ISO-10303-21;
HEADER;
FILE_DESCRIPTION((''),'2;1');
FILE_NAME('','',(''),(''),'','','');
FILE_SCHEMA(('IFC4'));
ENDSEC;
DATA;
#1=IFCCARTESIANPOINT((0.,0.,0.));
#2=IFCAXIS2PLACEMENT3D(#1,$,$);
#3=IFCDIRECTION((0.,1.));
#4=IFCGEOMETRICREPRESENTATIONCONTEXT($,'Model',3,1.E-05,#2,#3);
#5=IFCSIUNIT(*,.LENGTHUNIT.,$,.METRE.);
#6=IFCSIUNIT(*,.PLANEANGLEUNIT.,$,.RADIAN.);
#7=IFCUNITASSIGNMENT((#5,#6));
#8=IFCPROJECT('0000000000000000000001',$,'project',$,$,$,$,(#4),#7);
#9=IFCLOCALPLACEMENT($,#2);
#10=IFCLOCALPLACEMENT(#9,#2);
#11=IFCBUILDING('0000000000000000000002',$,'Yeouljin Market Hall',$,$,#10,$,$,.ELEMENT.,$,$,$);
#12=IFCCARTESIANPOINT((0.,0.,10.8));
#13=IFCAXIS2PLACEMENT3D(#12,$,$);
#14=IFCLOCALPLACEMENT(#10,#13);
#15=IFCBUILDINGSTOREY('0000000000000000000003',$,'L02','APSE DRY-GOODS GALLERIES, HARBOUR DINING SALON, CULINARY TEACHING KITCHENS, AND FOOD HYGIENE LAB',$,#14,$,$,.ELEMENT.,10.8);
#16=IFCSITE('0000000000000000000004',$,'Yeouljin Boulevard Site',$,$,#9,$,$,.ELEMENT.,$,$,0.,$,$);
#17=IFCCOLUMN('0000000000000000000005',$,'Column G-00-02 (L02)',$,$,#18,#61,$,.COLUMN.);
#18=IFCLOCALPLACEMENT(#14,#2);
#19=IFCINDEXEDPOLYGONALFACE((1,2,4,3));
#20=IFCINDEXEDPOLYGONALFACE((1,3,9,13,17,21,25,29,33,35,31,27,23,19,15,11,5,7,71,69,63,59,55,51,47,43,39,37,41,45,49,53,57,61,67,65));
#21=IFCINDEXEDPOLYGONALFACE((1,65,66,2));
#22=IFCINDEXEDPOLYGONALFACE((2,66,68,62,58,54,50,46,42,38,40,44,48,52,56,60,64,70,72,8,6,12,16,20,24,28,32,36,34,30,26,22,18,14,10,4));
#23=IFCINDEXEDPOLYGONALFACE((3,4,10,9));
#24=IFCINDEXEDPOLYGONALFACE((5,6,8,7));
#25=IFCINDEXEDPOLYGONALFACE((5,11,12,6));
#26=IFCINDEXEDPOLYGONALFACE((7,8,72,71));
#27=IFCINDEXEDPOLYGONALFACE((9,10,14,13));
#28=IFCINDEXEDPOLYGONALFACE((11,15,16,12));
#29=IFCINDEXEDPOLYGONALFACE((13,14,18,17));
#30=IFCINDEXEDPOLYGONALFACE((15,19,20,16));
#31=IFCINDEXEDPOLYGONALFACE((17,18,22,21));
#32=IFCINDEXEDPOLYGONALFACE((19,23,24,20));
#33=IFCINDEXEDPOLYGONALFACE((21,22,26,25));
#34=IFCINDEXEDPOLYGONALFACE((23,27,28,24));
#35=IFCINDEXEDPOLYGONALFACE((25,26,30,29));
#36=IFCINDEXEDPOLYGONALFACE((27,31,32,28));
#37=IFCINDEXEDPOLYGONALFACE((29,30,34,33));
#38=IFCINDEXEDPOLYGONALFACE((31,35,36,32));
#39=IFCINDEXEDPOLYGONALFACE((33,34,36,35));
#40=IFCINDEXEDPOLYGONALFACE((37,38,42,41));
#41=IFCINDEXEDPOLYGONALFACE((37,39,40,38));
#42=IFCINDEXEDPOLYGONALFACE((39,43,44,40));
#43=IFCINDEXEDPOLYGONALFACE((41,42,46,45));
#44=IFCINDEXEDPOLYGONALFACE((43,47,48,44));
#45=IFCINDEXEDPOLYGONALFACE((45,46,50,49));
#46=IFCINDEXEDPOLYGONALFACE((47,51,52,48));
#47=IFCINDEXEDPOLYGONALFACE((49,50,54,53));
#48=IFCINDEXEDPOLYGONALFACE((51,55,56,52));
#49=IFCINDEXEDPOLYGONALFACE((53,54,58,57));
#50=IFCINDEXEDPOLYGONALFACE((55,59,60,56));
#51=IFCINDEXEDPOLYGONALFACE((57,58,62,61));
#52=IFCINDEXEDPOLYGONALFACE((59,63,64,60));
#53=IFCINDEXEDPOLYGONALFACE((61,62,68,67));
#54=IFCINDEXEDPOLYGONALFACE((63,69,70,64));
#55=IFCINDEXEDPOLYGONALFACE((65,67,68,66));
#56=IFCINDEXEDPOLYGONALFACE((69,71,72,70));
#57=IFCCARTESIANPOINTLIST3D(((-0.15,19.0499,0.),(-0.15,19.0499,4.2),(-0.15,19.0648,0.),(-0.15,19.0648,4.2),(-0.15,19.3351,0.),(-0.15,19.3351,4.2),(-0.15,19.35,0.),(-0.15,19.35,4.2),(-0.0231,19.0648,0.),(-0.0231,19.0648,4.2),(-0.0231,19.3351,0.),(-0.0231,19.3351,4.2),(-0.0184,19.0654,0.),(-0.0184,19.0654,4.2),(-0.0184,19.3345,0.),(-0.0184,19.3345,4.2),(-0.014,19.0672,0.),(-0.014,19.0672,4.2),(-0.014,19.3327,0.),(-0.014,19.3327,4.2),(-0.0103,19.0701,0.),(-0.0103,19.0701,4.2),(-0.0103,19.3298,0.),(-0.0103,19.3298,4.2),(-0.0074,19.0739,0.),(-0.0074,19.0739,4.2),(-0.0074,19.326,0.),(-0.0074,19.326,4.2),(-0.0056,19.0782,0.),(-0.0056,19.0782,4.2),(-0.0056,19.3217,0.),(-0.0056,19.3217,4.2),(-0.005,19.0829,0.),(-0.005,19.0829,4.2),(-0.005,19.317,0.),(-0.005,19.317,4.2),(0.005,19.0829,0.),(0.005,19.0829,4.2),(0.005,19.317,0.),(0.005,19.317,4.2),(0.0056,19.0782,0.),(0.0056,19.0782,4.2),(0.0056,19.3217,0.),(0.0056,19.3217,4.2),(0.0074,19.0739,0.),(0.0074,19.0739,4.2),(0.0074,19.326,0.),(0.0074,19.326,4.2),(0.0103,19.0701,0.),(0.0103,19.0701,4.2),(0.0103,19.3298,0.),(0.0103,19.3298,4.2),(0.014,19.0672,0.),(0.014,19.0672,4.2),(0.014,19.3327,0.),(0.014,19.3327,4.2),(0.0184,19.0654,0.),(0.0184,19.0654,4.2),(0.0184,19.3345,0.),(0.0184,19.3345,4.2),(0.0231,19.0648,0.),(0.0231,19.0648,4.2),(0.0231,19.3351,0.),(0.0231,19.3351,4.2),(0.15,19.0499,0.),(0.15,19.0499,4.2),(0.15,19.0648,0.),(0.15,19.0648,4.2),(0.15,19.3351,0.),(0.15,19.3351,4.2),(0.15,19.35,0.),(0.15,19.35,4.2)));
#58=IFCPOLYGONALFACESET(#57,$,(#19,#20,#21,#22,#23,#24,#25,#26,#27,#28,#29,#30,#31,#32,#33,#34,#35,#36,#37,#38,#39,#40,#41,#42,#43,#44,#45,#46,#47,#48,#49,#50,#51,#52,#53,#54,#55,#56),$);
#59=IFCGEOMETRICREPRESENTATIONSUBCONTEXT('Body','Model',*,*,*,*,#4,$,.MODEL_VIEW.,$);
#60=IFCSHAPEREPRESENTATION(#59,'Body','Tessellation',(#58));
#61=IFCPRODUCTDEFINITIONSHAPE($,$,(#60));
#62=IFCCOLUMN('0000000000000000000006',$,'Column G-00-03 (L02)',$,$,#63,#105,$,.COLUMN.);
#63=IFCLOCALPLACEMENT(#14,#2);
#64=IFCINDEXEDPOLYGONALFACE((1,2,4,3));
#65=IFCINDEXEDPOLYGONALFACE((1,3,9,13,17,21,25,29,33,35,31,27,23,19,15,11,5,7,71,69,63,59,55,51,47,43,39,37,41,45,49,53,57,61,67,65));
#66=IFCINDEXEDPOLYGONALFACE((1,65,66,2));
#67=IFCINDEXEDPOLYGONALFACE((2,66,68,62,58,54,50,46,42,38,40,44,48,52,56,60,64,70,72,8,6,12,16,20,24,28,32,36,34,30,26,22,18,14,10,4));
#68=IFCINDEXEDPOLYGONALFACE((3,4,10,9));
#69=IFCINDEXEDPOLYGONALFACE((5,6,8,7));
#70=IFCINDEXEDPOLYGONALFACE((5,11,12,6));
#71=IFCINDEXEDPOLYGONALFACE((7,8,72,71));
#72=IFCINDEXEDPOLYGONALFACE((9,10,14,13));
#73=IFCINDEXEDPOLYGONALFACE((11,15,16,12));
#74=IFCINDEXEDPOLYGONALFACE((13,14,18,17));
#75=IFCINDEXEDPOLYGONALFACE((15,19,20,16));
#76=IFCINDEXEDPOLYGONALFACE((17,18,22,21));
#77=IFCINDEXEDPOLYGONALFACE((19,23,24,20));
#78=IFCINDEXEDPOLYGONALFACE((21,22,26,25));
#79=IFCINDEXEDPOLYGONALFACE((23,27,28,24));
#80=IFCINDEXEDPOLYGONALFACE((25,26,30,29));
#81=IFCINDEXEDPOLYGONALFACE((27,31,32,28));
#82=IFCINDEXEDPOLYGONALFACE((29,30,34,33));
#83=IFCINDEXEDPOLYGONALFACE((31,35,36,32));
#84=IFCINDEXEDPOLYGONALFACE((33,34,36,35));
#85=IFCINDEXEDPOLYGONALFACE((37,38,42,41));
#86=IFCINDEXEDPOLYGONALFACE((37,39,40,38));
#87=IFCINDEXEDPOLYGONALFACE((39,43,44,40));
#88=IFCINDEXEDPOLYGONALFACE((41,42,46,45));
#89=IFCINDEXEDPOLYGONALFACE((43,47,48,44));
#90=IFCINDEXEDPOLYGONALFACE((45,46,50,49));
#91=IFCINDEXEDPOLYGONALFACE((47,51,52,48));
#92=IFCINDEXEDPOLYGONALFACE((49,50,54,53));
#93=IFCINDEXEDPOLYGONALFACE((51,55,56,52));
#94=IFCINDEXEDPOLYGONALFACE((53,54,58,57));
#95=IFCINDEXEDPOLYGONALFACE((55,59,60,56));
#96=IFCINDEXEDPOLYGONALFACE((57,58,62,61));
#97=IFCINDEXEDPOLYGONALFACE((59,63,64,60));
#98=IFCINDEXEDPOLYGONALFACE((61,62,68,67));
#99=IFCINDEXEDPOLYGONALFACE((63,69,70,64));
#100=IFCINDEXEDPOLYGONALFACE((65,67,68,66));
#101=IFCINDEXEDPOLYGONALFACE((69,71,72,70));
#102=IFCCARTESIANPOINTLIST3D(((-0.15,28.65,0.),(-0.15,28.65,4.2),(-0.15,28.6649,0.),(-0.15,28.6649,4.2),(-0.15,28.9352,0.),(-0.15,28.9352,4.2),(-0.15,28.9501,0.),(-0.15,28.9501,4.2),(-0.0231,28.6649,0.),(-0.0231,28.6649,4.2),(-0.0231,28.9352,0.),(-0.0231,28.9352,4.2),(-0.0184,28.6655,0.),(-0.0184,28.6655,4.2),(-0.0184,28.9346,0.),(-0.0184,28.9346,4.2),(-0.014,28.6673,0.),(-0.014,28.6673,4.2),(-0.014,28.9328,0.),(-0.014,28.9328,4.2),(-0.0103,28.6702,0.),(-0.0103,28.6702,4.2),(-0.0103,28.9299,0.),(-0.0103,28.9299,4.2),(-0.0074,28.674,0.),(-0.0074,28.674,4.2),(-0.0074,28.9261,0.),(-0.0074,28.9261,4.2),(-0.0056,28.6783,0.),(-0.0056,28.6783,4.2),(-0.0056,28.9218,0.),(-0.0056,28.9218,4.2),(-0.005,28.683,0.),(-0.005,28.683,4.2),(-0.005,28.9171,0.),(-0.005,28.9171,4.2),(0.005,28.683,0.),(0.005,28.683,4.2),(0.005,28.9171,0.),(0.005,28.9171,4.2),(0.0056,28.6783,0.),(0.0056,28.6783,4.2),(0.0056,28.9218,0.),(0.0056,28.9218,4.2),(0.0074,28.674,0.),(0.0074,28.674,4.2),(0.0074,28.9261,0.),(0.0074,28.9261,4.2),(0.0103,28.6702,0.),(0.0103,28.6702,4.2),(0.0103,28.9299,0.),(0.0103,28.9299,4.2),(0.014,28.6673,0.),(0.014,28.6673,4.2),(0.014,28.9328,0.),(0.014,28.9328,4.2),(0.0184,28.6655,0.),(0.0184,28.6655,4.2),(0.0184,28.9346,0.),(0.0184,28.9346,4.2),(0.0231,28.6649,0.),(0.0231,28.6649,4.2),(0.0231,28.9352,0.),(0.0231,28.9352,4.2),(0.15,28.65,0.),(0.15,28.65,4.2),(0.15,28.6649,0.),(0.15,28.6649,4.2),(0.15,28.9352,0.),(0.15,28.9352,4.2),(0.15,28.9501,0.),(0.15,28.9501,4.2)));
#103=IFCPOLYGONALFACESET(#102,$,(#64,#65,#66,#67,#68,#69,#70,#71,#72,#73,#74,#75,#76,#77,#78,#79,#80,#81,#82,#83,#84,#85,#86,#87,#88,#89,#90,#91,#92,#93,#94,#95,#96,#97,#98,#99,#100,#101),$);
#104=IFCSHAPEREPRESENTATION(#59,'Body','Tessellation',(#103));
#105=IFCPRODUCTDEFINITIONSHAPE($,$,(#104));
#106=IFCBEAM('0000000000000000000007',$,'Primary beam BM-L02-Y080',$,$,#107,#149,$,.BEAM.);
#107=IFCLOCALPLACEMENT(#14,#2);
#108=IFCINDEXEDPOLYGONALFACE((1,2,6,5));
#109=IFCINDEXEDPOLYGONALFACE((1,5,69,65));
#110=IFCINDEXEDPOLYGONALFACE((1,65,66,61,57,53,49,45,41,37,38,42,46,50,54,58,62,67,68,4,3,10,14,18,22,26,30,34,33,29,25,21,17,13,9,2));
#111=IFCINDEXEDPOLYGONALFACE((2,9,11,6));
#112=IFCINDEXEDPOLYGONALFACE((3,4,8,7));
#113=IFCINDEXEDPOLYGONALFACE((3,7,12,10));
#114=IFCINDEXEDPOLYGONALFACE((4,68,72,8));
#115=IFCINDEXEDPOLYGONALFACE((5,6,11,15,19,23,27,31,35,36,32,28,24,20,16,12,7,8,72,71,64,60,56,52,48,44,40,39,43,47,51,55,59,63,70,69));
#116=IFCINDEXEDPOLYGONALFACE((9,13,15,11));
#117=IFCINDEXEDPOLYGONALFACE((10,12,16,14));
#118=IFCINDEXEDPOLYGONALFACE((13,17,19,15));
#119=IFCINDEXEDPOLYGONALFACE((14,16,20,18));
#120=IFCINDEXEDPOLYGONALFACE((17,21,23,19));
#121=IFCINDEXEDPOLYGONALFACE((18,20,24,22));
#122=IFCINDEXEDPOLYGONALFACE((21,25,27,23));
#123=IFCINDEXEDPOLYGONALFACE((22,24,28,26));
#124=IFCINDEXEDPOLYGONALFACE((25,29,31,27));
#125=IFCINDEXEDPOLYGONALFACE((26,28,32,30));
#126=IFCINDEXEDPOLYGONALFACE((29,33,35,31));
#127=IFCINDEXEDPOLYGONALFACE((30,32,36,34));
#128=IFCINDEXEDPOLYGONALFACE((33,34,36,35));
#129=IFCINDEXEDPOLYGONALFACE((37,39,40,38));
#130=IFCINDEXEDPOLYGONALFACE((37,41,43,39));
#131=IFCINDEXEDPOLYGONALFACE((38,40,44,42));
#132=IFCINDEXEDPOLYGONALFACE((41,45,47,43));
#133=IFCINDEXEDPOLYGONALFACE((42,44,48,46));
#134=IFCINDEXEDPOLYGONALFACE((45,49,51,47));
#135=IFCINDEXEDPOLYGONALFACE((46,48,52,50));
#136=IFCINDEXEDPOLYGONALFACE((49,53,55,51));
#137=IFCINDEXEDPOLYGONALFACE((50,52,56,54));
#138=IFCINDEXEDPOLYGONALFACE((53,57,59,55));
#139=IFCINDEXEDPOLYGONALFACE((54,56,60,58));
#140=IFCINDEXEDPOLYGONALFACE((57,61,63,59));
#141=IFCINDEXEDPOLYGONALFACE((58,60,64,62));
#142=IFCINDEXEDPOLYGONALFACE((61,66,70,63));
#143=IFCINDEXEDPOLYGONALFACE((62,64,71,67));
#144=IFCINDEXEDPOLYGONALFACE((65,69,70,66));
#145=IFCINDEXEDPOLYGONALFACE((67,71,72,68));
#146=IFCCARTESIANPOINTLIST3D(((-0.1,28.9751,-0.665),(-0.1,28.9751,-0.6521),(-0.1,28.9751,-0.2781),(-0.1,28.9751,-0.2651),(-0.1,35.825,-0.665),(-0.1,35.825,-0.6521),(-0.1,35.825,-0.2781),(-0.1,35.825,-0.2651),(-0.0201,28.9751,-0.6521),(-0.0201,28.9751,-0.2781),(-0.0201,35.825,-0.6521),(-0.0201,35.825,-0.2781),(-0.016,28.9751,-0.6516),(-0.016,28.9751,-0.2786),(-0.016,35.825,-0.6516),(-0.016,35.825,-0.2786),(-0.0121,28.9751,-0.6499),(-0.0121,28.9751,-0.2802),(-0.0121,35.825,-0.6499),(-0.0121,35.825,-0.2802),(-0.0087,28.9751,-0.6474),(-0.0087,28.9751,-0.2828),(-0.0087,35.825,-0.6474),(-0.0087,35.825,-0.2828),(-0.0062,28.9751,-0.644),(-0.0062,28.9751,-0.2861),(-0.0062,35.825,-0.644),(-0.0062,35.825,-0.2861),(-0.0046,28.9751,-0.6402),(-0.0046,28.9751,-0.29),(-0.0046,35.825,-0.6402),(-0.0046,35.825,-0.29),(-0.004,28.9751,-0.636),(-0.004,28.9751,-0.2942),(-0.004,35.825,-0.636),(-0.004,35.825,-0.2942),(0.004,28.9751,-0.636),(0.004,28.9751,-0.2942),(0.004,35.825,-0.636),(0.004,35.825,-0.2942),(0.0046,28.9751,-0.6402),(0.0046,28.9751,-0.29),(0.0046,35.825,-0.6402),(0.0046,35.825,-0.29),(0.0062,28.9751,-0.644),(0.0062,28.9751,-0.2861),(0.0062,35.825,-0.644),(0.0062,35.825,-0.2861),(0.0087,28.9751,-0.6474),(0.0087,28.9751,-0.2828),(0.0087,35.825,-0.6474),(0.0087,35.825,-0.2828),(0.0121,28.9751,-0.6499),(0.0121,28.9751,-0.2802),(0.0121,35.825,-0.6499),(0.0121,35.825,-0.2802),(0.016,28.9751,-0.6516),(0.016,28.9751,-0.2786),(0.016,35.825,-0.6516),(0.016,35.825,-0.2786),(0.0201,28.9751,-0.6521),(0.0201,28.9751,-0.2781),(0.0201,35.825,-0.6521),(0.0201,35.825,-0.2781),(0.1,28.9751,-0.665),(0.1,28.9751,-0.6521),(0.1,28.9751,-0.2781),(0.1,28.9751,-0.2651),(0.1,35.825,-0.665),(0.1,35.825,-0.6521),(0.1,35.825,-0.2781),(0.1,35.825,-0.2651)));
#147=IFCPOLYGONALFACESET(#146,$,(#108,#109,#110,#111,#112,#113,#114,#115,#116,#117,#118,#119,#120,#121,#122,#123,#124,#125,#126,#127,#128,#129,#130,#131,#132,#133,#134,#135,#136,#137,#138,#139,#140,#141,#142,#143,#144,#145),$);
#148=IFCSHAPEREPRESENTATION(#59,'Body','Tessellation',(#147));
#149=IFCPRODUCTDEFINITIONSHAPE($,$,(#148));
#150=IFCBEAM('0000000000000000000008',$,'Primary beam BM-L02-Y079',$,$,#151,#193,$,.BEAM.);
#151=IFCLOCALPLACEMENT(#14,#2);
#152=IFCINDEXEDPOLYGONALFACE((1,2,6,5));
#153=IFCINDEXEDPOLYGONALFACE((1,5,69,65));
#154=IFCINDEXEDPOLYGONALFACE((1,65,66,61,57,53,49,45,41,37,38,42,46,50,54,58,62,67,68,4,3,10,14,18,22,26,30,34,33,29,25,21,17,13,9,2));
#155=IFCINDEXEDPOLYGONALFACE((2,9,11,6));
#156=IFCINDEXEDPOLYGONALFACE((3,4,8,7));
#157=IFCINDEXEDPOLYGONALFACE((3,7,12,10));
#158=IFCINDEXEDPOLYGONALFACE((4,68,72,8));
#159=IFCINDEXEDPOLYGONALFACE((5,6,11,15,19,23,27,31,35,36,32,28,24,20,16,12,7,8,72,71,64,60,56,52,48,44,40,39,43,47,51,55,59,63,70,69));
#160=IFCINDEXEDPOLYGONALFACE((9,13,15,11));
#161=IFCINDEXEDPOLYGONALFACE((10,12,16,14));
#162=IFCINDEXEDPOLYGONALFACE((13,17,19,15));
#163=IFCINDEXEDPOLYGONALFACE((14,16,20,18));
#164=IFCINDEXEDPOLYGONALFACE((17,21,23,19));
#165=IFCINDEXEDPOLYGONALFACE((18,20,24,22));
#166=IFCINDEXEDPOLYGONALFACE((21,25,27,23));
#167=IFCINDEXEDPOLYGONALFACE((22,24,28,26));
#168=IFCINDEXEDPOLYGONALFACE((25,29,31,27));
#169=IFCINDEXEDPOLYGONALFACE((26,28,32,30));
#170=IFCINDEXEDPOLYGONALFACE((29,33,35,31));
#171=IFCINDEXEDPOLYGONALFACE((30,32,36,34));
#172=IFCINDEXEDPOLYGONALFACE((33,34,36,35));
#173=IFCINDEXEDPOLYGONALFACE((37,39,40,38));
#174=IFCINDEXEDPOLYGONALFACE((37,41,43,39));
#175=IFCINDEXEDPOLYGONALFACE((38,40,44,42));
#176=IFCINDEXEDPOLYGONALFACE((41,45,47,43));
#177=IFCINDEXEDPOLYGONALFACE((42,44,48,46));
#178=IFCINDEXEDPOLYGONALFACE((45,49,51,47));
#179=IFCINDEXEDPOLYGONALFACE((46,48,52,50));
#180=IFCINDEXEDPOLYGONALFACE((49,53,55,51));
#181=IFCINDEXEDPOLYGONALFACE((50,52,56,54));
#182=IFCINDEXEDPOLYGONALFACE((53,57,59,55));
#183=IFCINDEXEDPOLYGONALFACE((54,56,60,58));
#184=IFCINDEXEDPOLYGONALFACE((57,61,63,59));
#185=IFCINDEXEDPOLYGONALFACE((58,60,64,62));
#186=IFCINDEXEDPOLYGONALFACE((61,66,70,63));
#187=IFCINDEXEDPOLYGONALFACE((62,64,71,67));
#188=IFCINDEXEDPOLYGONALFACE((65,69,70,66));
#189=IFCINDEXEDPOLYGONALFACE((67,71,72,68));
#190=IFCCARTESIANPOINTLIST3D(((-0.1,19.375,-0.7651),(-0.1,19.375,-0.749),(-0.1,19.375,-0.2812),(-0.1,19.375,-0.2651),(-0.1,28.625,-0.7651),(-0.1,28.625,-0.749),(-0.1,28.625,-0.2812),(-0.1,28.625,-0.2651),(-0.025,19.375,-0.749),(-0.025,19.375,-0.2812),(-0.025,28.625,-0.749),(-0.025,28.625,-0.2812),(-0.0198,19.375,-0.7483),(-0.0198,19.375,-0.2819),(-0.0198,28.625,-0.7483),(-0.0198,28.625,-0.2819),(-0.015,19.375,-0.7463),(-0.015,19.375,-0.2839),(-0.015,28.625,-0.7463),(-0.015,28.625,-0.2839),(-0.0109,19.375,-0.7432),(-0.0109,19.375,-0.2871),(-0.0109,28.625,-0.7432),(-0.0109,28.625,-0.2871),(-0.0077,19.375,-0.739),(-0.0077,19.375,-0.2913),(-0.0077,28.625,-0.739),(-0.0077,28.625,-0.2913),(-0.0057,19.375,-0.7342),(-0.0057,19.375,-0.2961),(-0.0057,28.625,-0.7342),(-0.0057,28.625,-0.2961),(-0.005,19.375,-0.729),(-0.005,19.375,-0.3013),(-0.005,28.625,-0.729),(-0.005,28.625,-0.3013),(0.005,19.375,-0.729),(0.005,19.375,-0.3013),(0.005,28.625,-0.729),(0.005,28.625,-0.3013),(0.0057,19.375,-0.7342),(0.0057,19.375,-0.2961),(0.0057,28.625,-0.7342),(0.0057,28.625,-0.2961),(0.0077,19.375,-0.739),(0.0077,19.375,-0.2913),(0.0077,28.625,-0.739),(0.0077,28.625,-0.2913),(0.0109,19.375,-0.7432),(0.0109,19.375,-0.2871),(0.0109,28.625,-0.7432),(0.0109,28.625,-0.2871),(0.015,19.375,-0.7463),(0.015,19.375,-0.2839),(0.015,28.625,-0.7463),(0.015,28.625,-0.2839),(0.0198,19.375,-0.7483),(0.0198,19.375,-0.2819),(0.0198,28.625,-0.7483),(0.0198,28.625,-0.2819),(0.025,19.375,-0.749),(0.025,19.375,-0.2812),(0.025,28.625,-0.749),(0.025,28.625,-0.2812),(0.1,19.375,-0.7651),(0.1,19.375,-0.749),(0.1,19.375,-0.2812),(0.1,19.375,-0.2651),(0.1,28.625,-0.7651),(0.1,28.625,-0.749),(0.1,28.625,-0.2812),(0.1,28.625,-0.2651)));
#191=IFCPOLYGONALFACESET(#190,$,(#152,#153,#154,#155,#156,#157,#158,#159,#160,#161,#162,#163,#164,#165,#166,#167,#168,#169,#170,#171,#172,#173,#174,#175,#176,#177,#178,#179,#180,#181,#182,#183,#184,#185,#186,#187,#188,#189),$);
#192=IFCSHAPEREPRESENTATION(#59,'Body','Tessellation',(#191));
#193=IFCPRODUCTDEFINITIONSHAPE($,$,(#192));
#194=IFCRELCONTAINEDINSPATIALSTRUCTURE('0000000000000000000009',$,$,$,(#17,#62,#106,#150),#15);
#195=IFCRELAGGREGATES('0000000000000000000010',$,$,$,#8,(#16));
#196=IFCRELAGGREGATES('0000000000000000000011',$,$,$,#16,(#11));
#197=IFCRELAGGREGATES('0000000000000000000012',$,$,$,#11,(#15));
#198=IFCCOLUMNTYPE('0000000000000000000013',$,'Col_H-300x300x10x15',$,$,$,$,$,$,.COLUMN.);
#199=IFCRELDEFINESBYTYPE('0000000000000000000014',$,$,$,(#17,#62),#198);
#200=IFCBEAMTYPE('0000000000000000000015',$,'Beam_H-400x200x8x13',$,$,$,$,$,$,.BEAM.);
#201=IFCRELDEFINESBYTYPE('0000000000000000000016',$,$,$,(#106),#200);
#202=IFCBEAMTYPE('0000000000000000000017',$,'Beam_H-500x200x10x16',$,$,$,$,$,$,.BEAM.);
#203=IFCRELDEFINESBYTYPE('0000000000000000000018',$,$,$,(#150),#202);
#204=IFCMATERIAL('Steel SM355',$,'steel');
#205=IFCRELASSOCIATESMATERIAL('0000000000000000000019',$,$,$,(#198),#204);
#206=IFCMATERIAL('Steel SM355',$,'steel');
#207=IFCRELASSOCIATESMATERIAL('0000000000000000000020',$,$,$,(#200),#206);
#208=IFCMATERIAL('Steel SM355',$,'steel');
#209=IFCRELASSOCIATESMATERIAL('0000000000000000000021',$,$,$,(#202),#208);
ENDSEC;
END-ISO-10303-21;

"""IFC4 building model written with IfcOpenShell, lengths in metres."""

from ifc_helpers import new_model, si_unit, direction, frame, origin, origin_2d, place, context, subcontext, project, spatial, i_section, extrude, material, material_profile, profile_set, type_object, element, save


model = new_model("IFC4")

# Units and contexts
model_context = context("Model", 3, precision=1e-05, world=origin(), true_north=direction((0.0, 1.0)))
body_context = subcontext(model_context, "Body", "Model", "MODEL_VIEW")
ifc_project = project(units=[si_unit("LENGTHUNIT", "METRE"), si_unit("PLANEANGLEUNIT", "RADIAN")], contexts=[model_context])

# Site, building, storey
site_placement = place(None, origin())
site = spatial("IfcSite", under=ifc_project, at=site_placement, Name="Yeouljin Boulevard Site", CompositionType="ELEMENT", RefElevation=0.0)
building_placement = place(site_placement, origin())
building = spatial("IfcBuilding", under=site, at=building_placement, Name="Yeouljin Market Hall", CompositionType="ELEMENT")
storey_placement = place(building_placement, frame((0.0, 0.0, 10.8)))
storey = spatial("IfcBuildingStorey", under=building, at=storey_placement, Name="L02", Description="APSE DRY-GOODS GALLERIES, HARBOUR DINING SALON, CULINARY TEACHING KITCHENS, AND FOOD HYGIENE LAB", CompositionType="ELEMENT", Elevation=10.8)

# Columns
ifc_material_1 = material(Name="Steel SM355", Category="steel")
ifc_material_profile_1 = material_profile(ifc_material_1, i_section(OverallWidth=0.3, OverallDepth=0.3, WebThickness=0.01, FlangeThickness=0.0149, FilletRadius=0.0181, at=origin_2d()), Name="H-300x300x10x15")
ifc_profile_set_1 = profile_set([ifc_material_profile_1], Name="Steel SM355")
column_type = type_object("IfcColumnType", Name="Col_H-300x300x10x15", PredefinedType="COLUMN", material=ifc_profile_set_1)
for number, where, z_axis, x_axis, name in (
    (1, (0.0, 19.2, 0.0), (0.0, 0.0, 1.0), (1.0, 0.0, 0.0), "Column G-00-02 (L02)"),
    (2, (0.0, 28.8, 0.0), (0.0, 0.0, 1.0), (1.0, 0.0, 0.0), "Column G-00-03 (L02)"),
):
    element("IfcColumn", number, at=place(storey_placement, frame(where, z_axis=z_axis, x_axis=x_axis)), inside=storey, type_object=column_type, Name=name, PredefinedType="COLUMN", context=body_context, shape_type="SweptSolid", body=[
        extrude(i_section(OverallWidth=0.3, OverallDepth=0.3, WebThickness=0.01, FlangeThickness=0.0149, FilletRadius=0.0181, at=origin_2d()), origin(), (0.0, 0.0, 1.0), 4.2),
    ])

# Beams
ifc_material_2 = material(Name="Steel SM355", Category="steel")
ifc_material_profile_2 = material_profile(ifc_material_2, i_section(OverallWidth=0.2, OverallDepth=0.3999, WebThickness=0.0081, FlangeThickness=0.0129, FilletRadius=0.0161, at=origin_2d()), Name="H-400x200x8x13")
ifc_profile_set_2 = profile_set([ifc_material_profile_2], Name="Steel SM355")
beam_type_1 = type_object("IfcBeamType", Name="Beam_H-400x200x8x13", PredefinedType="BEAM", material=ifc_profile_set_2)
beam_1_placement = place(storey_placement, frame((0.0, 28.9751, -0.4651), z_axis=(0.0, 1.0, 0.0), x_axis=(-1.0, 0.0, 0.0)))
element("IfcBeam", 3, at=beam_1_placement, inside=storey, type_object=beam_type_1, Name="Primary beam BM-L02-Y080", PredefinedType="BEAM", context=body_context, shape_type="SweptSolid", body=[
    extrude(i_section(OverallWidth=0.2, OverallDepth=0.3999, WebThickness=0.0081, FlangeThickness=0.0129, FilletRadius=0.0161, at=origin_2d()), origin(), (0.0, 0.0, 1.0), 6.8499),
])
ifc_material_3 = material(Name="Steel SM355", Category="steel")
ifc_material_profile_3 = material_profile(ifc_material_3, i_section(OverallWidth=0.2, OverallDepth=0.5, WebThickness=0.01, FlangeThickness=0.0161, FilletRadius=0.02, at=origin_2d()), Name="H-500x200x10x16")
ifc_profile_set_3 = profile_set([ifc_material_profile_3], Name="Steel SM355")
beam_type_2 = type_object("IfcBeamType", Name="Beam_H-500x200x10x16", PredefinedType="BEAM", material=ifc_profile_set_3)
beam_2_placement = place(storey_placement, frame((0.0, 19.375, -0.5151), z_axis=(0.0, 1.0, 0.0), x_axis=(-1.0, 0.0, 0.0)))
element("IfcBeam", 4, at=beam_2_placement, inside=storey, type_object=beam_type_2, Name="Primary beam BM-L02-Y079", PredefinedType="BEAM", context=body_context, shape_type="SweptSolid", body=[
    extrude(i_section(OverallWidth=0.2, OverallDepth=0.5, WebThickness=0.01, FlangeThickness=0.0161, FilletRadius=0.02, at=origin_2d()), origin(), (0.0, 0.0, 1.0), 9.25),
])

save(model, "model.ifc")
